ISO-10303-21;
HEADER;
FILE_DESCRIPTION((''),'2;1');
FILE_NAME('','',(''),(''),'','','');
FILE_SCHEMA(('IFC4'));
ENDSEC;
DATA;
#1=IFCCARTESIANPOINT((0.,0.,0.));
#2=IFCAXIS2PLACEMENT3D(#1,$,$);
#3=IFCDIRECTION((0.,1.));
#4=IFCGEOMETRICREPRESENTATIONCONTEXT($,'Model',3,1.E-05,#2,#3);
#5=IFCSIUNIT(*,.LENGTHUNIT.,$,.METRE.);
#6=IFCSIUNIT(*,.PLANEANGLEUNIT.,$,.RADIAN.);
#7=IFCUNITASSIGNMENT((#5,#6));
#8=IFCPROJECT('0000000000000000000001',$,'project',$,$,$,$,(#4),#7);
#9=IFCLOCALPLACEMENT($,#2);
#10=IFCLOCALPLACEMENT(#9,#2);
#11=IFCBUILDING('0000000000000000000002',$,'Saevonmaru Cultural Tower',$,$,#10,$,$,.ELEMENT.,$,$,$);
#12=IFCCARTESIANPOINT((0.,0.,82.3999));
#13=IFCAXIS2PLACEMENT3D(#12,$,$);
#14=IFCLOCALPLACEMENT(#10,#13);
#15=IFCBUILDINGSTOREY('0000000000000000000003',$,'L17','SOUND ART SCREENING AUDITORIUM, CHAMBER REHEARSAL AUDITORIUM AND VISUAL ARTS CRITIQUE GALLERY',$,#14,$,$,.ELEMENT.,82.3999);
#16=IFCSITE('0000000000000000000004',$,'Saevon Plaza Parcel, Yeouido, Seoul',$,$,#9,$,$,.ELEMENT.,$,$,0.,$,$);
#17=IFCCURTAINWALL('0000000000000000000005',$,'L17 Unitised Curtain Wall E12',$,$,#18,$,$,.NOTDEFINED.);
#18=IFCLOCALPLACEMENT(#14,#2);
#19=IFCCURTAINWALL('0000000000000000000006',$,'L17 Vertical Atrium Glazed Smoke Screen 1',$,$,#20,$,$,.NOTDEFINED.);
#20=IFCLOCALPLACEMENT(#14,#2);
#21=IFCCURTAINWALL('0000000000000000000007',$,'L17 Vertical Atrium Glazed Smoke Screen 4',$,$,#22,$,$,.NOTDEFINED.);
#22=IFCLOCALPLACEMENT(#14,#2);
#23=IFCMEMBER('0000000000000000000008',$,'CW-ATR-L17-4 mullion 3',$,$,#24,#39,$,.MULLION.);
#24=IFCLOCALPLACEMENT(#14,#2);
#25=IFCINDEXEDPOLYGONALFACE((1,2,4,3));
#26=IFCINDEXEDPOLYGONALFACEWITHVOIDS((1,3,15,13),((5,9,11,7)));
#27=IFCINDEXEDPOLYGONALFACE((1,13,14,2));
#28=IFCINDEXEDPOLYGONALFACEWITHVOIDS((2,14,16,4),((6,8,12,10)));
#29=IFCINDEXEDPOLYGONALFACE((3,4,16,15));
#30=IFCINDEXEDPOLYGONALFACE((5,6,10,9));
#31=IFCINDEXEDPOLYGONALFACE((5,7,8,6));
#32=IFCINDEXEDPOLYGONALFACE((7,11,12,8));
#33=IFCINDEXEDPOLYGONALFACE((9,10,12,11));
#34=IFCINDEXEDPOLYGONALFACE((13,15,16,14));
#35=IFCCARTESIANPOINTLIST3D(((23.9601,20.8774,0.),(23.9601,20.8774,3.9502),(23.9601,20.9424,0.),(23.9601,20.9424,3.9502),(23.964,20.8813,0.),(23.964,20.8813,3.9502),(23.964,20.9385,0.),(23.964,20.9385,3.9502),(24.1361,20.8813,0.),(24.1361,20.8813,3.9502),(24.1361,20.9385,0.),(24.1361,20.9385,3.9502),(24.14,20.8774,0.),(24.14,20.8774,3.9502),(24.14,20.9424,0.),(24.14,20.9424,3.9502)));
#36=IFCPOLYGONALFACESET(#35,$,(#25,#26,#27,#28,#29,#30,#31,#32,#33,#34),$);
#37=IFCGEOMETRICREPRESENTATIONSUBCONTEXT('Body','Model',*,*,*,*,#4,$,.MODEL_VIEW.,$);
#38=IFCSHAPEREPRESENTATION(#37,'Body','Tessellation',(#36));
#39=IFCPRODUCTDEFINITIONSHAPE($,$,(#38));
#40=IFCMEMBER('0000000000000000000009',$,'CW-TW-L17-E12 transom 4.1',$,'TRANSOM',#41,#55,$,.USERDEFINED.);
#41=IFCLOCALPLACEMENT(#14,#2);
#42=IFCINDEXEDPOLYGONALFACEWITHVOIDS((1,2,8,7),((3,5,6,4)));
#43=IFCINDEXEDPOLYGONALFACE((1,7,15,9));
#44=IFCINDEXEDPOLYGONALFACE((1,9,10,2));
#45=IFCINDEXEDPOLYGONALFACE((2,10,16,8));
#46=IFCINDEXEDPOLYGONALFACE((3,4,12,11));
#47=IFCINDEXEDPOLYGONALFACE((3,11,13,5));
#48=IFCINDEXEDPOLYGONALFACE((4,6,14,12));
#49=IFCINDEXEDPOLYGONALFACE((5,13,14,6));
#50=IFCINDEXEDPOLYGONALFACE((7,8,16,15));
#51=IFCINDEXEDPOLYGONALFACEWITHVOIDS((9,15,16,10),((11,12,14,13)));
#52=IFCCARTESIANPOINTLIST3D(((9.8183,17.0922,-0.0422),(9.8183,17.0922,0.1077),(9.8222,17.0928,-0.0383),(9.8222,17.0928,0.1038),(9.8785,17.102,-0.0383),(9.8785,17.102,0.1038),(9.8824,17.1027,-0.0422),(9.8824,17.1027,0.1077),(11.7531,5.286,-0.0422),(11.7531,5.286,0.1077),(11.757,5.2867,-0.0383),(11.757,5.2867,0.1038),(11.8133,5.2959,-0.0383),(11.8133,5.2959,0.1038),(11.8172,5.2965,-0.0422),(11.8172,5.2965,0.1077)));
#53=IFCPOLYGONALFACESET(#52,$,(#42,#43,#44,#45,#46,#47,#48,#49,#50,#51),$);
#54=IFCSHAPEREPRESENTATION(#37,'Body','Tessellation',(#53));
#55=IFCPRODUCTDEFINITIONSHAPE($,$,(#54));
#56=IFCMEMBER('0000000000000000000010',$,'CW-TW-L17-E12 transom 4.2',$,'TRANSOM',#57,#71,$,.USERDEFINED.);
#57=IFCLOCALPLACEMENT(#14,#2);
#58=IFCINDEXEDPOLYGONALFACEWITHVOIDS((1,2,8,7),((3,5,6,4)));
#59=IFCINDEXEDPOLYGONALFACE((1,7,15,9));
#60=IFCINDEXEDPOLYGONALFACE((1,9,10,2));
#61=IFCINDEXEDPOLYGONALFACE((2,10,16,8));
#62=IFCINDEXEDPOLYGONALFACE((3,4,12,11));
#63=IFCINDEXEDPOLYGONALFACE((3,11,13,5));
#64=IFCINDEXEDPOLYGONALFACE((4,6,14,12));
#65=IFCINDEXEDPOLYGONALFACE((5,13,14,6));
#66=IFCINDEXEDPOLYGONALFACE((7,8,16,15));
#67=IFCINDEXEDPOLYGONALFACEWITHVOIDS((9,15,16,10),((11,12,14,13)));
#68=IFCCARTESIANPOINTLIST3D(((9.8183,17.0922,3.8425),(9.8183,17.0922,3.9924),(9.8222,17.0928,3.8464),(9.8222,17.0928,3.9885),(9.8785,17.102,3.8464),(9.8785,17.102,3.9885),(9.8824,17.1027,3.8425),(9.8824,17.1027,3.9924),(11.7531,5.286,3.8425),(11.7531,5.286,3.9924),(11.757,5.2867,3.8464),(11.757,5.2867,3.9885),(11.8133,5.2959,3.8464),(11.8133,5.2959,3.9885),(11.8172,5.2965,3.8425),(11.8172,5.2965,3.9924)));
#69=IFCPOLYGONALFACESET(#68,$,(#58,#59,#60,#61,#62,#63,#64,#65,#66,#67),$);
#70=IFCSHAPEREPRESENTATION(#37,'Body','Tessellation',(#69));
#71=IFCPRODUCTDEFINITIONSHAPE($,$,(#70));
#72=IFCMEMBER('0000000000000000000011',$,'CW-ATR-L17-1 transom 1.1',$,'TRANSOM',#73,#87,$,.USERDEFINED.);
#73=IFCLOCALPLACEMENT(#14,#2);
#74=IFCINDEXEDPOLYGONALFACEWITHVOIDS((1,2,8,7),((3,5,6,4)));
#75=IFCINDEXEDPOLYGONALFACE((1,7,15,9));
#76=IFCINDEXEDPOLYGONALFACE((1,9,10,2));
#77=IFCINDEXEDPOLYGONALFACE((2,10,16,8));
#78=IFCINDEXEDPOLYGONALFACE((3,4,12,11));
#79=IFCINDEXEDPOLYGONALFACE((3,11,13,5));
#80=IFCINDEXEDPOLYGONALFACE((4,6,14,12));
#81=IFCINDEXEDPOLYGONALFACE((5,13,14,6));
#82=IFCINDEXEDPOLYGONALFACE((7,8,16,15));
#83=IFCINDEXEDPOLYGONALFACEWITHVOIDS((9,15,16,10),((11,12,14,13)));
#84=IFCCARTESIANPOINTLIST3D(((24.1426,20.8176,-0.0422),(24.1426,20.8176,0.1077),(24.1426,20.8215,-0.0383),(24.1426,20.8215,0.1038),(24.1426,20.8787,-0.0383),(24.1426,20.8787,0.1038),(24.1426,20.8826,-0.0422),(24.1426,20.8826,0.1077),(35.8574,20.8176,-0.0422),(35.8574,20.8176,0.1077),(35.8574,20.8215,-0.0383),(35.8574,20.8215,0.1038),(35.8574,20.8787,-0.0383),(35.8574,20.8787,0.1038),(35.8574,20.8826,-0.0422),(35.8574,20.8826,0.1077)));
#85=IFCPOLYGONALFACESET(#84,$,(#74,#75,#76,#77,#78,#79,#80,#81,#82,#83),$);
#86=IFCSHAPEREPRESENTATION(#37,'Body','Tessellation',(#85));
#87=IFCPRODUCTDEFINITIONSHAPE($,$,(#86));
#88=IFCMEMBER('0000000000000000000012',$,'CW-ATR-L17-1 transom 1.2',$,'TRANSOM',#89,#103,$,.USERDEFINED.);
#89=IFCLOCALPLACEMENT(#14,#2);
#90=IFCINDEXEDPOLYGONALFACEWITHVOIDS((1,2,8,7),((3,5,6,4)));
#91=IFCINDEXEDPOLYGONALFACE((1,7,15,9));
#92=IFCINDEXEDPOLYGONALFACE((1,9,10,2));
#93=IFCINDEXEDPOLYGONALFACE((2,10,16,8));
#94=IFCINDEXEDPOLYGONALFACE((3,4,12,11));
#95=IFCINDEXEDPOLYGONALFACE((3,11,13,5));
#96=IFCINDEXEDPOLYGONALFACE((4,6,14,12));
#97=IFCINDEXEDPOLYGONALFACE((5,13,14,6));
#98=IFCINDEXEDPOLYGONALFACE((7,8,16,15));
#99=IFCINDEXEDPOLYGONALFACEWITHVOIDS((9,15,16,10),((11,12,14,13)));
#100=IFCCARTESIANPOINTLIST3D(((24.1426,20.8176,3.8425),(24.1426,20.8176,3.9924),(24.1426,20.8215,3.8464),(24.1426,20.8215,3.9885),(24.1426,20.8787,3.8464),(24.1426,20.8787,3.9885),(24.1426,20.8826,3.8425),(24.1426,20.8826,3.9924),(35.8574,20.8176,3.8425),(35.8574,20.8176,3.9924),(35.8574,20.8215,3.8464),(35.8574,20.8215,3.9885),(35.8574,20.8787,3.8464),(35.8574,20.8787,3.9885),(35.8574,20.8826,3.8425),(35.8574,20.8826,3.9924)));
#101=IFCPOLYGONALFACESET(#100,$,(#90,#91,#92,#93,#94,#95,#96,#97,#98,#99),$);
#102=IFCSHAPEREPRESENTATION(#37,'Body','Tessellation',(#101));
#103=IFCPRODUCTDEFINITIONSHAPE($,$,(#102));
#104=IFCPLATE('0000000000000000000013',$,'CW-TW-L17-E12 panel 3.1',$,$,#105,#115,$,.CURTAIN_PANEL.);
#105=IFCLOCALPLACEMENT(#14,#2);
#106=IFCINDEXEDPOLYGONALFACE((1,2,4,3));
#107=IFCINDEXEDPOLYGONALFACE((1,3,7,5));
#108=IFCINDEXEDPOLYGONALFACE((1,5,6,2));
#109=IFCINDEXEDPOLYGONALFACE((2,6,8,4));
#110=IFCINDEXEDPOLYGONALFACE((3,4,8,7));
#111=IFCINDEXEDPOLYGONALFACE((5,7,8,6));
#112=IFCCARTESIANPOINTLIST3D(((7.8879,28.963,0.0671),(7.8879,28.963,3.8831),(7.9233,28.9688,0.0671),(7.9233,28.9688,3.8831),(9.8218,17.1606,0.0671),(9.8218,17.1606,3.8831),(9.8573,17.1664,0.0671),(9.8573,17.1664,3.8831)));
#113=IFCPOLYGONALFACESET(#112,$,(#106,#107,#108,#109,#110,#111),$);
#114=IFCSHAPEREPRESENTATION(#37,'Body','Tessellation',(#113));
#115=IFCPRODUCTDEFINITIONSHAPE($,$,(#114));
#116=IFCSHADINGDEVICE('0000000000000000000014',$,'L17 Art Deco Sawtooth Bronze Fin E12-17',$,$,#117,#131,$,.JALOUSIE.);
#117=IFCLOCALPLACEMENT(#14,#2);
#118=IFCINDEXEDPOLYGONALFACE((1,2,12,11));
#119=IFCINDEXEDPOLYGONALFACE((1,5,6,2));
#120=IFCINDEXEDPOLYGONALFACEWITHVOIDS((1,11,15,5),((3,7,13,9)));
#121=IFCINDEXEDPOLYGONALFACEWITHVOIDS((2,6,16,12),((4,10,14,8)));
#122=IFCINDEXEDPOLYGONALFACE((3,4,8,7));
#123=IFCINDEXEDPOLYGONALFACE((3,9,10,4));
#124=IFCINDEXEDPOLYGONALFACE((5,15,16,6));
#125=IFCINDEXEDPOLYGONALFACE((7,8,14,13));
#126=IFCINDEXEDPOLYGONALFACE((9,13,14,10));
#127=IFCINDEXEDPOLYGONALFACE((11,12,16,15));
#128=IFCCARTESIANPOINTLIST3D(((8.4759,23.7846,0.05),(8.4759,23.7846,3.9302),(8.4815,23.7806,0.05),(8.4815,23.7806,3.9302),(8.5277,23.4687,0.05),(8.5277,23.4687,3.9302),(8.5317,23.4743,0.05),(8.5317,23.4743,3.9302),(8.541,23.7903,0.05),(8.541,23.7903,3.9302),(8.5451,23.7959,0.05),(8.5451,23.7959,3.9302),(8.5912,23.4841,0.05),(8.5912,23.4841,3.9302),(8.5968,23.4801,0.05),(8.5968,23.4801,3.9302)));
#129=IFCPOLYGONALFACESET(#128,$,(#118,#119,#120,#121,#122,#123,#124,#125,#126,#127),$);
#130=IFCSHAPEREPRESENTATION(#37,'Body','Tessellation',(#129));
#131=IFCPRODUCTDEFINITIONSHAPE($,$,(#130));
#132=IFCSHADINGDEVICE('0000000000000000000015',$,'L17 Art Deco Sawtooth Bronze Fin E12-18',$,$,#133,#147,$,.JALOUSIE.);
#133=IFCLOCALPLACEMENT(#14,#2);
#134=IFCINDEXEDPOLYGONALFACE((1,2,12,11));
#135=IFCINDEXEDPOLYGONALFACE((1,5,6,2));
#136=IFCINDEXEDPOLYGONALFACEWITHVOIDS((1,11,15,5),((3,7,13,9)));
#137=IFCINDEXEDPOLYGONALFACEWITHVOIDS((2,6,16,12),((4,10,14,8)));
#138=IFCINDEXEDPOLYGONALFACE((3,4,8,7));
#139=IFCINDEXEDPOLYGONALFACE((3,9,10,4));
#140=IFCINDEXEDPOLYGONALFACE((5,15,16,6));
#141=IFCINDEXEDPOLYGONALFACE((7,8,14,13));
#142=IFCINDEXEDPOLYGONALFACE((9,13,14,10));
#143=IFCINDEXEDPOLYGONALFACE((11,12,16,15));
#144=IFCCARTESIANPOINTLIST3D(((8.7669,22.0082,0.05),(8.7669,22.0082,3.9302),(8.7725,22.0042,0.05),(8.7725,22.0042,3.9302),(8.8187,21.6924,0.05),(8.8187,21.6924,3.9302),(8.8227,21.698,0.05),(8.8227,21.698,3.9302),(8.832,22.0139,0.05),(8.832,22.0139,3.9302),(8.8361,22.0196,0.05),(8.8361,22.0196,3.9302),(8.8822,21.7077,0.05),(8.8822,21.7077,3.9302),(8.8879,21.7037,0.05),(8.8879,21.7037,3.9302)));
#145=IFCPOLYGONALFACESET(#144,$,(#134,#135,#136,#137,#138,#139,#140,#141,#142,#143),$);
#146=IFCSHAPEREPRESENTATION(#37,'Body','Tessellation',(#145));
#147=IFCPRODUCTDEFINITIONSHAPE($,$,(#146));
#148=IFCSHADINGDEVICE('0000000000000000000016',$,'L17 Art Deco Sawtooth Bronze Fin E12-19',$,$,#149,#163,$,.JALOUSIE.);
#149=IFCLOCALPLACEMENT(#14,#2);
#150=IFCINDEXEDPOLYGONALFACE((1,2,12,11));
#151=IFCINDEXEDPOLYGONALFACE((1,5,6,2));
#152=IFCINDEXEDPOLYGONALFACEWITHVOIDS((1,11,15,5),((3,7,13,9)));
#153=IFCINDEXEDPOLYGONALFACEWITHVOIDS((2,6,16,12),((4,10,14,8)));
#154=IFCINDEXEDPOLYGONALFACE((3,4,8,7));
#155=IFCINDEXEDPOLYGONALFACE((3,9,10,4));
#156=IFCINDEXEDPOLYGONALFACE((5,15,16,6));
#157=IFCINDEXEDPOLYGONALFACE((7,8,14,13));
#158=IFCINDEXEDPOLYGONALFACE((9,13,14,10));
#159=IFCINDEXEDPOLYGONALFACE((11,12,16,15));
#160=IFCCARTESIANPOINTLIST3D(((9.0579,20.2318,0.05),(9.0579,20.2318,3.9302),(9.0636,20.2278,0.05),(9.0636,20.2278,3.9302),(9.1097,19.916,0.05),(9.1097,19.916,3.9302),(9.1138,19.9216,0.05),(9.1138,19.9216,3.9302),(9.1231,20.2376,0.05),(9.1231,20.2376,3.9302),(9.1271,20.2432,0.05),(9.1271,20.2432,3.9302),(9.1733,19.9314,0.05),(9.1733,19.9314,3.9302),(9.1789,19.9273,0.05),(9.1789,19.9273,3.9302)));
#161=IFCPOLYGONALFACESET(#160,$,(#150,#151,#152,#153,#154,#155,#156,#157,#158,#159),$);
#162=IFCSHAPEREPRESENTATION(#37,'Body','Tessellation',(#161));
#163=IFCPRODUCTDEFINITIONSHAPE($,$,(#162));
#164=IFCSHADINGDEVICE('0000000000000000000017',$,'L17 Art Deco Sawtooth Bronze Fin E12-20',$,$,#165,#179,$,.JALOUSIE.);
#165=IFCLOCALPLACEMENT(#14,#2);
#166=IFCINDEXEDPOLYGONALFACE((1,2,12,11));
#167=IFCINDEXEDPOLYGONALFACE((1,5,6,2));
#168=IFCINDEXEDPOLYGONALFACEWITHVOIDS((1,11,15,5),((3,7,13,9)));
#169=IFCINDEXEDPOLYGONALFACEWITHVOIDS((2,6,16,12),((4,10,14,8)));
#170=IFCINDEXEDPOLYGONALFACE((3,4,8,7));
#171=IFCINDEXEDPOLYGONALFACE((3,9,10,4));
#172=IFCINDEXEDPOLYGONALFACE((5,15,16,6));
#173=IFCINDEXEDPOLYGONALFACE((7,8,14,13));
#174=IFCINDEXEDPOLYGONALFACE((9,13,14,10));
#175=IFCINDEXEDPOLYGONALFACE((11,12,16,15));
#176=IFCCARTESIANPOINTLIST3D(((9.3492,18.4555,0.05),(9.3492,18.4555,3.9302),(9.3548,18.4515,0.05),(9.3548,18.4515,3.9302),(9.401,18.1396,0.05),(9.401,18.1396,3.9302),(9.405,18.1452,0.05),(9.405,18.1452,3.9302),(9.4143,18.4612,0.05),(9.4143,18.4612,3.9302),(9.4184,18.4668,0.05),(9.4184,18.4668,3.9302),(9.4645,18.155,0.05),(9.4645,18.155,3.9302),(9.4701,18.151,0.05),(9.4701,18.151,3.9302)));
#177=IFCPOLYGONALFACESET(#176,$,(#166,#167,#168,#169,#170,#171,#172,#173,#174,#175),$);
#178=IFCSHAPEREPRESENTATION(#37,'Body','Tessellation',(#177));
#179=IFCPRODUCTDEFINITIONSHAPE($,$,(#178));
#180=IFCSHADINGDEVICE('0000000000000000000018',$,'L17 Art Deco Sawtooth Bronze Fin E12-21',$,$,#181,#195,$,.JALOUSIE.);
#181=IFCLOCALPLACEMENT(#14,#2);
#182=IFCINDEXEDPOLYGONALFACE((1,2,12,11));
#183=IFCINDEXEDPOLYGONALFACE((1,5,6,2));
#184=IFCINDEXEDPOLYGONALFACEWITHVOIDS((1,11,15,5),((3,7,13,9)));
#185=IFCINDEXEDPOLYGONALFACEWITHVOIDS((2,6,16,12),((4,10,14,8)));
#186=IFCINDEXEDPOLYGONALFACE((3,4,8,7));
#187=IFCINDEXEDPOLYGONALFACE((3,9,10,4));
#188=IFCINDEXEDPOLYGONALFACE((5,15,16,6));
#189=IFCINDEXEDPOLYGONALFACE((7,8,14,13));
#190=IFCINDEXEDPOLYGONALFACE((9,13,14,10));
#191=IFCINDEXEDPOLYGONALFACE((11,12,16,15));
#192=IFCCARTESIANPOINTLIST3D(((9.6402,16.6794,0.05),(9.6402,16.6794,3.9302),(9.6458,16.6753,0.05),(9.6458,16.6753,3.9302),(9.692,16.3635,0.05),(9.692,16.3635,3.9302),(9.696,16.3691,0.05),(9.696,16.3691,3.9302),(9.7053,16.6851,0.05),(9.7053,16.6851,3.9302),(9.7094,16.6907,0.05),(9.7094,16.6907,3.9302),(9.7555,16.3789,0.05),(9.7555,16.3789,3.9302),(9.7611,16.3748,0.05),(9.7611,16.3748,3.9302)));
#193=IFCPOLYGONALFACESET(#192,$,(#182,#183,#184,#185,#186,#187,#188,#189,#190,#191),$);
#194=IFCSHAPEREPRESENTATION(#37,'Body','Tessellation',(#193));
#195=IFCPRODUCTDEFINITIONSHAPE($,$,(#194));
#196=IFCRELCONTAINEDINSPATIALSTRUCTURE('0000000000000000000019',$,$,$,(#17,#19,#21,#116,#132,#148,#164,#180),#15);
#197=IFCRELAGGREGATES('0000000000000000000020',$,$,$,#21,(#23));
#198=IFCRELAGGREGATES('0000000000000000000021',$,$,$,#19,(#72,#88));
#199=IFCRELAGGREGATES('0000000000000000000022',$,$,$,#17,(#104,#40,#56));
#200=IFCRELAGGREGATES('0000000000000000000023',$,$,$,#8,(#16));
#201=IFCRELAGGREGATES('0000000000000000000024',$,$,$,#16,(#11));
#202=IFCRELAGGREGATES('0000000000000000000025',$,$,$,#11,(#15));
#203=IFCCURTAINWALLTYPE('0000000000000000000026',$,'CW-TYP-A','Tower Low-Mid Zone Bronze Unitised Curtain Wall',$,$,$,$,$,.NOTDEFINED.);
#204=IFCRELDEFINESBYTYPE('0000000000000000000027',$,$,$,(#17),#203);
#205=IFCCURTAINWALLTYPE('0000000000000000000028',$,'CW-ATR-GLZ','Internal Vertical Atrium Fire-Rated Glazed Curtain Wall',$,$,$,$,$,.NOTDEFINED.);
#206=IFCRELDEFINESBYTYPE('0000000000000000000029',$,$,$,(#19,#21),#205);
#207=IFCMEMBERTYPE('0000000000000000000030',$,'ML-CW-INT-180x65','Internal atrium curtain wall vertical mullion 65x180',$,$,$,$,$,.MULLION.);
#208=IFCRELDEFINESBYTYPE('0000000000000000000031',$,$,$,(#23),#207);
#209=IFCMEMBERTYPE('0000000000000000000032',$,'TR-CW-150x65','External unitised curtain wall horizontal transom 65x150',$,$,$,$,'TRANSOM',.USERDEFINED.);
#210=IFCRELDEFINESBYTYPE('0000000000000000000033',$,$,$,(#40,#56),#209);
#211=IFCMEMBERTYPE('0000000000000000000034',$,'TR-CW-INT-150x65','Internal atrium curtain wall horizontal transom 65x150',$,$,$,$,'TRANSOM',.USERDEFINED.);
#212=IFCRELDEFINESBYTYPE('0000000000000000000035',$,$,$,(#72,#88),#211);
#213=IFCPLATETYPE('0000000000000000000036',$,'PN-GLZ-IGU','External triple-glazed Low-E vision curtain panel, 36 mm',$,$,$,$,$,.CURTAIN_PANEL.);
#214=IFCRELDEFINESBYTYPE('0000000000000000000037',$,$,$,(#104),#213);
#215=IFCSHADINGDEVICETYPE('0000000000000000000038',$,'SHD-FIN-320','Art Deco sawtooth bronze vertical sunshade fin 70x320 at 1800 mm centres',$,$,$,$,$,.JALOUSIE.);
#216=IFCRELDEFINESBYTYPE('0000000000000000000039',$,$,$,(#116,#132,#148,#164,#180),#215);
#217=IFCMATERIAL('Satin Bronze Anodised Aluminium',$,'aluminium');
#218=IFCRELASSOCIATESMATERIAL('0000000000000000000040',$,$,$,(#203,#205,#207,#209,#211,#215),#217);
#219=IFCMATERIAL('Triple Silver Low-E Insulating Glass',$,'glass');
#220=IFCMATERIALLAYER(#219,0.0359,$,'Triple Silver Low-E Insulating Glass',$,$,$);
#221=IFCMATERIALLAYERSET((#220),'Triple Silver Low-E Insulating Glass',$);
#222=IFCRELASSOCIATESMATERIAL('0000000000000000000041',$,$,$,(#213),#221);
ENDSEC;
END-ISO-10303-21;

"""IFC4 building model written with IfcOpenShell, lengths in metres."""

from ifc_helpers import new_model, si_unit, direction, frame, origin, origin_2d, place, context, subcontext, project, spatial, rectangle, hollow_rectangle, extrude, material, layer, layer_set, material_profile, profile_set, type_object, element, aggregate, save


model = new_model("IFC4")

# Units and contexts
model_context = context("Model", 3, precision=1e-05, world=origin(), true_north=direction((0.0, 1.0)))
body_context = subcontext(model_context, "Body", "Model", "MODEL_VIEW")
ifc_project = project(units=[si_unit("LENGTHUNIT", "METRE"), si_unit("PLANEANGLEUNIT", "RADIAN")], contexts=[model_context])

# Site, building, storey
site_placement = place(None, origin())
site = spatial("IfcSite", under=ifc_project, at=site_placement, Name="Saevon Plaza Parcel, Yeouido, Seoul", CompositionType="ELEMENT", RefElevation=0.0)
building_placement = place(site_placement, origin())
building = spatial("IfcBuilding", under=site, at=building_placement, Name="Saevonmaru Cultural Tower", CompositionType="ELEMENT")
storey_placement = place(building_placement, frame((0.0, 0.0, 82.3999)))
storey = spatial("IfcBuildingStorey", under=building, at=storey_placement, Name="L17", Description="SOUND ART SCREENING AUDITORIUM, CHAMBER REHEARSAL AUDITORIUM AND VISUAL ARTS CRITIQUE GALLERY", CompositionType="ELEMENT", Elevation=82.3999)

# Curtain walls, member
ifc_material_1 = material(Name="Satin Bronze Anodised Aluminium", Category="aluminium")
curtain_wall_type_1 = type_object("IfcCurtainWallType", Name="CW-TYP-A", Description="Tower Low-Mid Zone Bronze Unitised Curtain Wall", PredefinedType="NOTDEFINED", material=ifc_material_1)
curtain_wall_1_placement = place(storey_placement, origin())
curtain_wall_1 = element("IfcCurtainWall", 1, at=curtain_wall_1_placement, inside=storey, type_object=curtain_wall_type_1, Name="L17 Unitised Curtain Wall E12", PredefinedType="NOTDEFINED")
curtain_wall_type_2 = type_object("IfcCurtainWallType", Name="CW-ATR-GLZ", Description="Internal Vertical Atrium Fire-Rated Glazed Curtain Wall", PredefinedType="NOTDEFINED", material=ifc_material_1)
curtain_wall_2_placement = place(storey_placement, origin())
curtain_wall_2 = element("IfcCurtainWall", 2, at=curtain_wall_2_placement, inside=storey, type_object=curtain_wall_type_2, Name="L17 Vertical Atrium Glazed Smoke Screen 1", PredefinedType="NOTDEFINED")
ifc_material_profile_1 = material_profile(ifc_material_1, hollow_rectangle(XDim=0.0649, YDim=0.1799, WallThickness=0.0039, at=origin_2d()), Name="ALU-MULL-180x65x4")
ifc_profile_set_1 = profile_set([ifc_material_profile_1], Name="Satin Bronze Anodised Aluminium")
member_type_1 = type_object("IfcMemberType", Name="ML-CW-INT-180x65", Description="Internal atrium curtain wall vertical mullion 65x180", PredefinedType="MULLION", material=ifc_profile_set_1)
curtain_wall_3_placement = place(storey_placement, origin())
curtain_wall_3 = element("IfcCurtainWall", 3, at=curtain_wall_3_placement, inside=storey, type_object=curtain_wall_type_2, Name="L17 Vertical Atrium Glazed Smoke Screen 4", PredefinedType="NOTDEFINED")
member_1_placement = place(storey_placement, frame((24.05, 20.9099, 0.0), z_axis=(0.0, 0.0, 1.0), x_axis=(0.0, -1.0, 0.0)))
member_1 = element("IfcMember", 4, at=member_1_placement, type_object=member_type_1, Name="CW-ATR-L17-4 mullion 3", PredefinedType="MULLION", context=body_context, shape_type="SweptSolid", body=[
    extrude(hollow_rectangle(XDim=0.0649, YDim=0.1799, WallThickness=0.0039, at=origin_2d()), origin(), (0.0, 0.0, 1.0), 3.9502),
])
aggregate(curtain_wall_3, [member_1])

# Members
ifc_material_profile_2 = material_profile(ifc_material_1, hollow_rectangle(XDim=0.0649, YDim=0.1499, WallThickness=0.0039, at=origin_2d()), Name="ALU-TRAN-150x65x4")
ifc_profile_set_2 = profile_set([ifc_material_profile_2], Name="Satin Bronze Anodised Aluminium")
member_type_2 = type_object("IfcMemberType", Name="TR-CW-150x65", Description="External unitised curtain wall horizontal transom 65x150", ElementType="TRANSOM", PredefinedType="USERDEFINED", material=ifc_profile_set_2)
member_2_placement = place(storey_placement, frame((9.8503, 17.0974, 0.0327), z_axis=(0.161725, -0.986836, 0.0), x_axis=(0.986836, 0.161725, 0.0)))
member_2 = element("IfcMember", 5, at=member_2_placement, type_object=member_type_2, Name="CW-TW-L17-E12 transom 4.1", ObjectType="TRANSOM", PredefinedType="USERDEFINED", context=body_context, shape_type="SweptSolid", body=[
    extrude(hollow_rectangle(XDim=0.0649, YDim=0.1499, WallThickness=0.0039, at=origin_2d()), origin(), (0.0, 0.0, 1.0), 11.9636),
])
member_3_placement = place(storey_placement, frame((9.8503, 17.0974, 3.9175), z_axis=(0.161725, -0.986836, 0.0), x_axis=(0.986836, 0.161725, 0.0)))
member_3 = element("IfcMember", 6, at=member_3_placement, type_object=member_type_2, Name="CW-TW-L17-E12 transom 4.2", ObjectType="TRANSOM", PredefinedType="USERDEFINED", context=body_context, shape_type="SweptSolid", body=[
    extrude(hollow_rectangle(XDim=0.0649, YDim=0.1499, WallThickness=0.0039, at=origin_2d()), origin(), (0.0, 0.0, 1.0), 11.9636),
])
ifc_material_profile_3 = material_profile(ifc_material_1, hollow_rectangle(XDim=0.0649, YDim=0.1499, WallThickness=0.0039, at=origin_2d()), Name="ALU-TRAN-150x65x4")
ifc_profile_set_3 = profile_set([ifc_material_profile_3], Name="Satin Bronze Anodised Aluminium")
member_type_3 = type_object("IfcMemberType", Name="TR-CW-INT-150x65", Description="Internal atrium curtain wall horizontal transom 65x150", ElementType="TRANSOM", PredefinedType="USERDEFINED", material=ifc_profile_set_3)
member_4_placement = place(storey_placement, frame((24.1426, 20.8501, 0.0327), z_axis=(1.0, 0.0, 0.0), x_axis=(0.0, 1.0, 0.0)))
member_4 = element("IfcMember", 7, at=member_4_placement, type_object=member_type_3, Name="CW-ATR-L17-1 transom 1.1", ObjectType="TRANSOM", PredefinedType="USERDEFINED", context=body_context, shape_type="SweptSolid", body=[
    extrude(hollow_rectangle(XDim=0.0649, YDim=0.1499, WallThickness=0.0039, at=origin_2d()), origin(), (0.0, 0.0, 1.0), 11.7148),
])
member_5_placement = place(storey_placement, frame((24.1426, 20.8501, 3.9175), z_axis=(1.0, 0.0, 0.0), x_axis=(0.0, 1.0, 0.0)))
member_5 = element("IfcMember", 8, at=member_5_placement, type_object=member_type_3, Name="CW-ATR-L17-1 transom 1.2", ObjectType="TRANSOM", PredefinedType="USERDEFINED", context=body_context, shape_type="SweptSolid", body=[
    extrude(hollow_rectangle(XDim=0.0649, YDim=0.1499, WallThickness=0.0039, at=origin_2d()), origin(), (0.0, 0.0, 1.0), 11.7148),
])
aggregate(curtain_wall_2, [member_4, member_5])

# Plate
ifc_material_2 = material(Name="Triple Silver Low-E Insulating Glass", Category="glass")
ifc_layer_1 = layer(ifc_material_2, 0.0359, Name="Triple Silver Low-E Insulating Glass")
ifc_layer_set_1 = layer_set([ifc_layer_1], Name="Triple Silver Low-E Insulating Glass")
plate_type = type_object("IfcPlateType", Name="PN-GLZ-IGU", Description="External triple-glazed Low-E vision curtain panel, 36 mm", PredefinedType="CURTAIN_PANEL", material=ifc_layer_set_1)
plate_placement = place(storey_placement, frame((8.8726, 23.0647, 0.0671), z_axis=(0.0, 0.0, 1.0), x_axis=(0.161709, -0.986839, 0.0)))
plate = element("IfcPlate", 9, at=plate_placement, type_object=plate_type, Name="CW-TW-L17-E12 panel 3.1", PredefinedType="CURTAIN_PANEL", context=body_context, shape_type="SweptSolid", body=[
    extrude(rectangle(XDim=11.9597, YDim=0.0359, at=origin_2d()), origin(), (0.0, 0.0, 1.0), 3.8159),
])
aggregate(curtain_wall_1, [plate, member_2, member_3])

# Shading devices
ifc_material_profile_4 = material_profile(ifc_material_1, hollow_rectangle(XDim=0.0701, YDim=0.3201, WallThickness=0.0049, at=origin_2d()), Name="FIN-320x70")
ifc_profile_set_4 = profile_set([ifc_material_profile_4], Name="Satin Bronze Anodised Aluminium")
shading_device_type = type_object("IfcShadingDeviceType", Name="SHD-FIN-320", Description="Art Deco sawtooth bronze vertical sunshade fin 70x320 at 1800 mm centres", PredefinedType="JALOUSIE", material=ifc_profile_set_4)
for number, where, z_axis, x_axis, name in (
    (10, (8.5364, 23.6323, 0.05), (0.0, 0.0, 1.0), (-0.986827, -0.161776, 0.0), "L17 Art Deco Sawtooth Bronze Fin E12-17"),
    (11, (8.8274, 21.856, 0.05), (0.0, 0.0, 1.0), (-0.986827, -0.161776, 0.0), "L17 Art Deco Sawtooth Bronze Fin E12-18"),
    (12, (9.1184, 20.0796, 0.05), (0.0, 0.0, 1.0), (-0.986827, -0.161776, 0.0), "L17 Art Deco Sawtooth Bronze Fin E12-19"),
    (13, (9.4097, 18.3032, 0.05), (0.0, 0.0, 1.0), (-0.986827, -0.161776, 0.0), "L17 Art Deco Sawtooth Bronze Fin E12-20"),
    (14, (9.7007, 16.5271, 0.05), (0.0, 0.0, 1.0), (-0.986827, -0.161776, 0.0), "L17 Art Deco Sawtooth Bronze Fin E12-21"),
):
    element("IfcShadingDevice", number, at=place(storey_placement, frame(where, z_axis=z_axis, x_axis=x_axis)), inside=storey, type_object=shading_device_type, Name=name, PredefinedType="JALOUSIE", context=body_context, shape_type="SweptSolid", body=[
        extrude(hollow_rectangle(XDim=0.0701, YDim=0.3201, WallThickness=0.0049, at=origin_2d()), origin(), (0.0, 0.0, 1.0), 3.8801),
    ])

save(model, "model.ifc")
